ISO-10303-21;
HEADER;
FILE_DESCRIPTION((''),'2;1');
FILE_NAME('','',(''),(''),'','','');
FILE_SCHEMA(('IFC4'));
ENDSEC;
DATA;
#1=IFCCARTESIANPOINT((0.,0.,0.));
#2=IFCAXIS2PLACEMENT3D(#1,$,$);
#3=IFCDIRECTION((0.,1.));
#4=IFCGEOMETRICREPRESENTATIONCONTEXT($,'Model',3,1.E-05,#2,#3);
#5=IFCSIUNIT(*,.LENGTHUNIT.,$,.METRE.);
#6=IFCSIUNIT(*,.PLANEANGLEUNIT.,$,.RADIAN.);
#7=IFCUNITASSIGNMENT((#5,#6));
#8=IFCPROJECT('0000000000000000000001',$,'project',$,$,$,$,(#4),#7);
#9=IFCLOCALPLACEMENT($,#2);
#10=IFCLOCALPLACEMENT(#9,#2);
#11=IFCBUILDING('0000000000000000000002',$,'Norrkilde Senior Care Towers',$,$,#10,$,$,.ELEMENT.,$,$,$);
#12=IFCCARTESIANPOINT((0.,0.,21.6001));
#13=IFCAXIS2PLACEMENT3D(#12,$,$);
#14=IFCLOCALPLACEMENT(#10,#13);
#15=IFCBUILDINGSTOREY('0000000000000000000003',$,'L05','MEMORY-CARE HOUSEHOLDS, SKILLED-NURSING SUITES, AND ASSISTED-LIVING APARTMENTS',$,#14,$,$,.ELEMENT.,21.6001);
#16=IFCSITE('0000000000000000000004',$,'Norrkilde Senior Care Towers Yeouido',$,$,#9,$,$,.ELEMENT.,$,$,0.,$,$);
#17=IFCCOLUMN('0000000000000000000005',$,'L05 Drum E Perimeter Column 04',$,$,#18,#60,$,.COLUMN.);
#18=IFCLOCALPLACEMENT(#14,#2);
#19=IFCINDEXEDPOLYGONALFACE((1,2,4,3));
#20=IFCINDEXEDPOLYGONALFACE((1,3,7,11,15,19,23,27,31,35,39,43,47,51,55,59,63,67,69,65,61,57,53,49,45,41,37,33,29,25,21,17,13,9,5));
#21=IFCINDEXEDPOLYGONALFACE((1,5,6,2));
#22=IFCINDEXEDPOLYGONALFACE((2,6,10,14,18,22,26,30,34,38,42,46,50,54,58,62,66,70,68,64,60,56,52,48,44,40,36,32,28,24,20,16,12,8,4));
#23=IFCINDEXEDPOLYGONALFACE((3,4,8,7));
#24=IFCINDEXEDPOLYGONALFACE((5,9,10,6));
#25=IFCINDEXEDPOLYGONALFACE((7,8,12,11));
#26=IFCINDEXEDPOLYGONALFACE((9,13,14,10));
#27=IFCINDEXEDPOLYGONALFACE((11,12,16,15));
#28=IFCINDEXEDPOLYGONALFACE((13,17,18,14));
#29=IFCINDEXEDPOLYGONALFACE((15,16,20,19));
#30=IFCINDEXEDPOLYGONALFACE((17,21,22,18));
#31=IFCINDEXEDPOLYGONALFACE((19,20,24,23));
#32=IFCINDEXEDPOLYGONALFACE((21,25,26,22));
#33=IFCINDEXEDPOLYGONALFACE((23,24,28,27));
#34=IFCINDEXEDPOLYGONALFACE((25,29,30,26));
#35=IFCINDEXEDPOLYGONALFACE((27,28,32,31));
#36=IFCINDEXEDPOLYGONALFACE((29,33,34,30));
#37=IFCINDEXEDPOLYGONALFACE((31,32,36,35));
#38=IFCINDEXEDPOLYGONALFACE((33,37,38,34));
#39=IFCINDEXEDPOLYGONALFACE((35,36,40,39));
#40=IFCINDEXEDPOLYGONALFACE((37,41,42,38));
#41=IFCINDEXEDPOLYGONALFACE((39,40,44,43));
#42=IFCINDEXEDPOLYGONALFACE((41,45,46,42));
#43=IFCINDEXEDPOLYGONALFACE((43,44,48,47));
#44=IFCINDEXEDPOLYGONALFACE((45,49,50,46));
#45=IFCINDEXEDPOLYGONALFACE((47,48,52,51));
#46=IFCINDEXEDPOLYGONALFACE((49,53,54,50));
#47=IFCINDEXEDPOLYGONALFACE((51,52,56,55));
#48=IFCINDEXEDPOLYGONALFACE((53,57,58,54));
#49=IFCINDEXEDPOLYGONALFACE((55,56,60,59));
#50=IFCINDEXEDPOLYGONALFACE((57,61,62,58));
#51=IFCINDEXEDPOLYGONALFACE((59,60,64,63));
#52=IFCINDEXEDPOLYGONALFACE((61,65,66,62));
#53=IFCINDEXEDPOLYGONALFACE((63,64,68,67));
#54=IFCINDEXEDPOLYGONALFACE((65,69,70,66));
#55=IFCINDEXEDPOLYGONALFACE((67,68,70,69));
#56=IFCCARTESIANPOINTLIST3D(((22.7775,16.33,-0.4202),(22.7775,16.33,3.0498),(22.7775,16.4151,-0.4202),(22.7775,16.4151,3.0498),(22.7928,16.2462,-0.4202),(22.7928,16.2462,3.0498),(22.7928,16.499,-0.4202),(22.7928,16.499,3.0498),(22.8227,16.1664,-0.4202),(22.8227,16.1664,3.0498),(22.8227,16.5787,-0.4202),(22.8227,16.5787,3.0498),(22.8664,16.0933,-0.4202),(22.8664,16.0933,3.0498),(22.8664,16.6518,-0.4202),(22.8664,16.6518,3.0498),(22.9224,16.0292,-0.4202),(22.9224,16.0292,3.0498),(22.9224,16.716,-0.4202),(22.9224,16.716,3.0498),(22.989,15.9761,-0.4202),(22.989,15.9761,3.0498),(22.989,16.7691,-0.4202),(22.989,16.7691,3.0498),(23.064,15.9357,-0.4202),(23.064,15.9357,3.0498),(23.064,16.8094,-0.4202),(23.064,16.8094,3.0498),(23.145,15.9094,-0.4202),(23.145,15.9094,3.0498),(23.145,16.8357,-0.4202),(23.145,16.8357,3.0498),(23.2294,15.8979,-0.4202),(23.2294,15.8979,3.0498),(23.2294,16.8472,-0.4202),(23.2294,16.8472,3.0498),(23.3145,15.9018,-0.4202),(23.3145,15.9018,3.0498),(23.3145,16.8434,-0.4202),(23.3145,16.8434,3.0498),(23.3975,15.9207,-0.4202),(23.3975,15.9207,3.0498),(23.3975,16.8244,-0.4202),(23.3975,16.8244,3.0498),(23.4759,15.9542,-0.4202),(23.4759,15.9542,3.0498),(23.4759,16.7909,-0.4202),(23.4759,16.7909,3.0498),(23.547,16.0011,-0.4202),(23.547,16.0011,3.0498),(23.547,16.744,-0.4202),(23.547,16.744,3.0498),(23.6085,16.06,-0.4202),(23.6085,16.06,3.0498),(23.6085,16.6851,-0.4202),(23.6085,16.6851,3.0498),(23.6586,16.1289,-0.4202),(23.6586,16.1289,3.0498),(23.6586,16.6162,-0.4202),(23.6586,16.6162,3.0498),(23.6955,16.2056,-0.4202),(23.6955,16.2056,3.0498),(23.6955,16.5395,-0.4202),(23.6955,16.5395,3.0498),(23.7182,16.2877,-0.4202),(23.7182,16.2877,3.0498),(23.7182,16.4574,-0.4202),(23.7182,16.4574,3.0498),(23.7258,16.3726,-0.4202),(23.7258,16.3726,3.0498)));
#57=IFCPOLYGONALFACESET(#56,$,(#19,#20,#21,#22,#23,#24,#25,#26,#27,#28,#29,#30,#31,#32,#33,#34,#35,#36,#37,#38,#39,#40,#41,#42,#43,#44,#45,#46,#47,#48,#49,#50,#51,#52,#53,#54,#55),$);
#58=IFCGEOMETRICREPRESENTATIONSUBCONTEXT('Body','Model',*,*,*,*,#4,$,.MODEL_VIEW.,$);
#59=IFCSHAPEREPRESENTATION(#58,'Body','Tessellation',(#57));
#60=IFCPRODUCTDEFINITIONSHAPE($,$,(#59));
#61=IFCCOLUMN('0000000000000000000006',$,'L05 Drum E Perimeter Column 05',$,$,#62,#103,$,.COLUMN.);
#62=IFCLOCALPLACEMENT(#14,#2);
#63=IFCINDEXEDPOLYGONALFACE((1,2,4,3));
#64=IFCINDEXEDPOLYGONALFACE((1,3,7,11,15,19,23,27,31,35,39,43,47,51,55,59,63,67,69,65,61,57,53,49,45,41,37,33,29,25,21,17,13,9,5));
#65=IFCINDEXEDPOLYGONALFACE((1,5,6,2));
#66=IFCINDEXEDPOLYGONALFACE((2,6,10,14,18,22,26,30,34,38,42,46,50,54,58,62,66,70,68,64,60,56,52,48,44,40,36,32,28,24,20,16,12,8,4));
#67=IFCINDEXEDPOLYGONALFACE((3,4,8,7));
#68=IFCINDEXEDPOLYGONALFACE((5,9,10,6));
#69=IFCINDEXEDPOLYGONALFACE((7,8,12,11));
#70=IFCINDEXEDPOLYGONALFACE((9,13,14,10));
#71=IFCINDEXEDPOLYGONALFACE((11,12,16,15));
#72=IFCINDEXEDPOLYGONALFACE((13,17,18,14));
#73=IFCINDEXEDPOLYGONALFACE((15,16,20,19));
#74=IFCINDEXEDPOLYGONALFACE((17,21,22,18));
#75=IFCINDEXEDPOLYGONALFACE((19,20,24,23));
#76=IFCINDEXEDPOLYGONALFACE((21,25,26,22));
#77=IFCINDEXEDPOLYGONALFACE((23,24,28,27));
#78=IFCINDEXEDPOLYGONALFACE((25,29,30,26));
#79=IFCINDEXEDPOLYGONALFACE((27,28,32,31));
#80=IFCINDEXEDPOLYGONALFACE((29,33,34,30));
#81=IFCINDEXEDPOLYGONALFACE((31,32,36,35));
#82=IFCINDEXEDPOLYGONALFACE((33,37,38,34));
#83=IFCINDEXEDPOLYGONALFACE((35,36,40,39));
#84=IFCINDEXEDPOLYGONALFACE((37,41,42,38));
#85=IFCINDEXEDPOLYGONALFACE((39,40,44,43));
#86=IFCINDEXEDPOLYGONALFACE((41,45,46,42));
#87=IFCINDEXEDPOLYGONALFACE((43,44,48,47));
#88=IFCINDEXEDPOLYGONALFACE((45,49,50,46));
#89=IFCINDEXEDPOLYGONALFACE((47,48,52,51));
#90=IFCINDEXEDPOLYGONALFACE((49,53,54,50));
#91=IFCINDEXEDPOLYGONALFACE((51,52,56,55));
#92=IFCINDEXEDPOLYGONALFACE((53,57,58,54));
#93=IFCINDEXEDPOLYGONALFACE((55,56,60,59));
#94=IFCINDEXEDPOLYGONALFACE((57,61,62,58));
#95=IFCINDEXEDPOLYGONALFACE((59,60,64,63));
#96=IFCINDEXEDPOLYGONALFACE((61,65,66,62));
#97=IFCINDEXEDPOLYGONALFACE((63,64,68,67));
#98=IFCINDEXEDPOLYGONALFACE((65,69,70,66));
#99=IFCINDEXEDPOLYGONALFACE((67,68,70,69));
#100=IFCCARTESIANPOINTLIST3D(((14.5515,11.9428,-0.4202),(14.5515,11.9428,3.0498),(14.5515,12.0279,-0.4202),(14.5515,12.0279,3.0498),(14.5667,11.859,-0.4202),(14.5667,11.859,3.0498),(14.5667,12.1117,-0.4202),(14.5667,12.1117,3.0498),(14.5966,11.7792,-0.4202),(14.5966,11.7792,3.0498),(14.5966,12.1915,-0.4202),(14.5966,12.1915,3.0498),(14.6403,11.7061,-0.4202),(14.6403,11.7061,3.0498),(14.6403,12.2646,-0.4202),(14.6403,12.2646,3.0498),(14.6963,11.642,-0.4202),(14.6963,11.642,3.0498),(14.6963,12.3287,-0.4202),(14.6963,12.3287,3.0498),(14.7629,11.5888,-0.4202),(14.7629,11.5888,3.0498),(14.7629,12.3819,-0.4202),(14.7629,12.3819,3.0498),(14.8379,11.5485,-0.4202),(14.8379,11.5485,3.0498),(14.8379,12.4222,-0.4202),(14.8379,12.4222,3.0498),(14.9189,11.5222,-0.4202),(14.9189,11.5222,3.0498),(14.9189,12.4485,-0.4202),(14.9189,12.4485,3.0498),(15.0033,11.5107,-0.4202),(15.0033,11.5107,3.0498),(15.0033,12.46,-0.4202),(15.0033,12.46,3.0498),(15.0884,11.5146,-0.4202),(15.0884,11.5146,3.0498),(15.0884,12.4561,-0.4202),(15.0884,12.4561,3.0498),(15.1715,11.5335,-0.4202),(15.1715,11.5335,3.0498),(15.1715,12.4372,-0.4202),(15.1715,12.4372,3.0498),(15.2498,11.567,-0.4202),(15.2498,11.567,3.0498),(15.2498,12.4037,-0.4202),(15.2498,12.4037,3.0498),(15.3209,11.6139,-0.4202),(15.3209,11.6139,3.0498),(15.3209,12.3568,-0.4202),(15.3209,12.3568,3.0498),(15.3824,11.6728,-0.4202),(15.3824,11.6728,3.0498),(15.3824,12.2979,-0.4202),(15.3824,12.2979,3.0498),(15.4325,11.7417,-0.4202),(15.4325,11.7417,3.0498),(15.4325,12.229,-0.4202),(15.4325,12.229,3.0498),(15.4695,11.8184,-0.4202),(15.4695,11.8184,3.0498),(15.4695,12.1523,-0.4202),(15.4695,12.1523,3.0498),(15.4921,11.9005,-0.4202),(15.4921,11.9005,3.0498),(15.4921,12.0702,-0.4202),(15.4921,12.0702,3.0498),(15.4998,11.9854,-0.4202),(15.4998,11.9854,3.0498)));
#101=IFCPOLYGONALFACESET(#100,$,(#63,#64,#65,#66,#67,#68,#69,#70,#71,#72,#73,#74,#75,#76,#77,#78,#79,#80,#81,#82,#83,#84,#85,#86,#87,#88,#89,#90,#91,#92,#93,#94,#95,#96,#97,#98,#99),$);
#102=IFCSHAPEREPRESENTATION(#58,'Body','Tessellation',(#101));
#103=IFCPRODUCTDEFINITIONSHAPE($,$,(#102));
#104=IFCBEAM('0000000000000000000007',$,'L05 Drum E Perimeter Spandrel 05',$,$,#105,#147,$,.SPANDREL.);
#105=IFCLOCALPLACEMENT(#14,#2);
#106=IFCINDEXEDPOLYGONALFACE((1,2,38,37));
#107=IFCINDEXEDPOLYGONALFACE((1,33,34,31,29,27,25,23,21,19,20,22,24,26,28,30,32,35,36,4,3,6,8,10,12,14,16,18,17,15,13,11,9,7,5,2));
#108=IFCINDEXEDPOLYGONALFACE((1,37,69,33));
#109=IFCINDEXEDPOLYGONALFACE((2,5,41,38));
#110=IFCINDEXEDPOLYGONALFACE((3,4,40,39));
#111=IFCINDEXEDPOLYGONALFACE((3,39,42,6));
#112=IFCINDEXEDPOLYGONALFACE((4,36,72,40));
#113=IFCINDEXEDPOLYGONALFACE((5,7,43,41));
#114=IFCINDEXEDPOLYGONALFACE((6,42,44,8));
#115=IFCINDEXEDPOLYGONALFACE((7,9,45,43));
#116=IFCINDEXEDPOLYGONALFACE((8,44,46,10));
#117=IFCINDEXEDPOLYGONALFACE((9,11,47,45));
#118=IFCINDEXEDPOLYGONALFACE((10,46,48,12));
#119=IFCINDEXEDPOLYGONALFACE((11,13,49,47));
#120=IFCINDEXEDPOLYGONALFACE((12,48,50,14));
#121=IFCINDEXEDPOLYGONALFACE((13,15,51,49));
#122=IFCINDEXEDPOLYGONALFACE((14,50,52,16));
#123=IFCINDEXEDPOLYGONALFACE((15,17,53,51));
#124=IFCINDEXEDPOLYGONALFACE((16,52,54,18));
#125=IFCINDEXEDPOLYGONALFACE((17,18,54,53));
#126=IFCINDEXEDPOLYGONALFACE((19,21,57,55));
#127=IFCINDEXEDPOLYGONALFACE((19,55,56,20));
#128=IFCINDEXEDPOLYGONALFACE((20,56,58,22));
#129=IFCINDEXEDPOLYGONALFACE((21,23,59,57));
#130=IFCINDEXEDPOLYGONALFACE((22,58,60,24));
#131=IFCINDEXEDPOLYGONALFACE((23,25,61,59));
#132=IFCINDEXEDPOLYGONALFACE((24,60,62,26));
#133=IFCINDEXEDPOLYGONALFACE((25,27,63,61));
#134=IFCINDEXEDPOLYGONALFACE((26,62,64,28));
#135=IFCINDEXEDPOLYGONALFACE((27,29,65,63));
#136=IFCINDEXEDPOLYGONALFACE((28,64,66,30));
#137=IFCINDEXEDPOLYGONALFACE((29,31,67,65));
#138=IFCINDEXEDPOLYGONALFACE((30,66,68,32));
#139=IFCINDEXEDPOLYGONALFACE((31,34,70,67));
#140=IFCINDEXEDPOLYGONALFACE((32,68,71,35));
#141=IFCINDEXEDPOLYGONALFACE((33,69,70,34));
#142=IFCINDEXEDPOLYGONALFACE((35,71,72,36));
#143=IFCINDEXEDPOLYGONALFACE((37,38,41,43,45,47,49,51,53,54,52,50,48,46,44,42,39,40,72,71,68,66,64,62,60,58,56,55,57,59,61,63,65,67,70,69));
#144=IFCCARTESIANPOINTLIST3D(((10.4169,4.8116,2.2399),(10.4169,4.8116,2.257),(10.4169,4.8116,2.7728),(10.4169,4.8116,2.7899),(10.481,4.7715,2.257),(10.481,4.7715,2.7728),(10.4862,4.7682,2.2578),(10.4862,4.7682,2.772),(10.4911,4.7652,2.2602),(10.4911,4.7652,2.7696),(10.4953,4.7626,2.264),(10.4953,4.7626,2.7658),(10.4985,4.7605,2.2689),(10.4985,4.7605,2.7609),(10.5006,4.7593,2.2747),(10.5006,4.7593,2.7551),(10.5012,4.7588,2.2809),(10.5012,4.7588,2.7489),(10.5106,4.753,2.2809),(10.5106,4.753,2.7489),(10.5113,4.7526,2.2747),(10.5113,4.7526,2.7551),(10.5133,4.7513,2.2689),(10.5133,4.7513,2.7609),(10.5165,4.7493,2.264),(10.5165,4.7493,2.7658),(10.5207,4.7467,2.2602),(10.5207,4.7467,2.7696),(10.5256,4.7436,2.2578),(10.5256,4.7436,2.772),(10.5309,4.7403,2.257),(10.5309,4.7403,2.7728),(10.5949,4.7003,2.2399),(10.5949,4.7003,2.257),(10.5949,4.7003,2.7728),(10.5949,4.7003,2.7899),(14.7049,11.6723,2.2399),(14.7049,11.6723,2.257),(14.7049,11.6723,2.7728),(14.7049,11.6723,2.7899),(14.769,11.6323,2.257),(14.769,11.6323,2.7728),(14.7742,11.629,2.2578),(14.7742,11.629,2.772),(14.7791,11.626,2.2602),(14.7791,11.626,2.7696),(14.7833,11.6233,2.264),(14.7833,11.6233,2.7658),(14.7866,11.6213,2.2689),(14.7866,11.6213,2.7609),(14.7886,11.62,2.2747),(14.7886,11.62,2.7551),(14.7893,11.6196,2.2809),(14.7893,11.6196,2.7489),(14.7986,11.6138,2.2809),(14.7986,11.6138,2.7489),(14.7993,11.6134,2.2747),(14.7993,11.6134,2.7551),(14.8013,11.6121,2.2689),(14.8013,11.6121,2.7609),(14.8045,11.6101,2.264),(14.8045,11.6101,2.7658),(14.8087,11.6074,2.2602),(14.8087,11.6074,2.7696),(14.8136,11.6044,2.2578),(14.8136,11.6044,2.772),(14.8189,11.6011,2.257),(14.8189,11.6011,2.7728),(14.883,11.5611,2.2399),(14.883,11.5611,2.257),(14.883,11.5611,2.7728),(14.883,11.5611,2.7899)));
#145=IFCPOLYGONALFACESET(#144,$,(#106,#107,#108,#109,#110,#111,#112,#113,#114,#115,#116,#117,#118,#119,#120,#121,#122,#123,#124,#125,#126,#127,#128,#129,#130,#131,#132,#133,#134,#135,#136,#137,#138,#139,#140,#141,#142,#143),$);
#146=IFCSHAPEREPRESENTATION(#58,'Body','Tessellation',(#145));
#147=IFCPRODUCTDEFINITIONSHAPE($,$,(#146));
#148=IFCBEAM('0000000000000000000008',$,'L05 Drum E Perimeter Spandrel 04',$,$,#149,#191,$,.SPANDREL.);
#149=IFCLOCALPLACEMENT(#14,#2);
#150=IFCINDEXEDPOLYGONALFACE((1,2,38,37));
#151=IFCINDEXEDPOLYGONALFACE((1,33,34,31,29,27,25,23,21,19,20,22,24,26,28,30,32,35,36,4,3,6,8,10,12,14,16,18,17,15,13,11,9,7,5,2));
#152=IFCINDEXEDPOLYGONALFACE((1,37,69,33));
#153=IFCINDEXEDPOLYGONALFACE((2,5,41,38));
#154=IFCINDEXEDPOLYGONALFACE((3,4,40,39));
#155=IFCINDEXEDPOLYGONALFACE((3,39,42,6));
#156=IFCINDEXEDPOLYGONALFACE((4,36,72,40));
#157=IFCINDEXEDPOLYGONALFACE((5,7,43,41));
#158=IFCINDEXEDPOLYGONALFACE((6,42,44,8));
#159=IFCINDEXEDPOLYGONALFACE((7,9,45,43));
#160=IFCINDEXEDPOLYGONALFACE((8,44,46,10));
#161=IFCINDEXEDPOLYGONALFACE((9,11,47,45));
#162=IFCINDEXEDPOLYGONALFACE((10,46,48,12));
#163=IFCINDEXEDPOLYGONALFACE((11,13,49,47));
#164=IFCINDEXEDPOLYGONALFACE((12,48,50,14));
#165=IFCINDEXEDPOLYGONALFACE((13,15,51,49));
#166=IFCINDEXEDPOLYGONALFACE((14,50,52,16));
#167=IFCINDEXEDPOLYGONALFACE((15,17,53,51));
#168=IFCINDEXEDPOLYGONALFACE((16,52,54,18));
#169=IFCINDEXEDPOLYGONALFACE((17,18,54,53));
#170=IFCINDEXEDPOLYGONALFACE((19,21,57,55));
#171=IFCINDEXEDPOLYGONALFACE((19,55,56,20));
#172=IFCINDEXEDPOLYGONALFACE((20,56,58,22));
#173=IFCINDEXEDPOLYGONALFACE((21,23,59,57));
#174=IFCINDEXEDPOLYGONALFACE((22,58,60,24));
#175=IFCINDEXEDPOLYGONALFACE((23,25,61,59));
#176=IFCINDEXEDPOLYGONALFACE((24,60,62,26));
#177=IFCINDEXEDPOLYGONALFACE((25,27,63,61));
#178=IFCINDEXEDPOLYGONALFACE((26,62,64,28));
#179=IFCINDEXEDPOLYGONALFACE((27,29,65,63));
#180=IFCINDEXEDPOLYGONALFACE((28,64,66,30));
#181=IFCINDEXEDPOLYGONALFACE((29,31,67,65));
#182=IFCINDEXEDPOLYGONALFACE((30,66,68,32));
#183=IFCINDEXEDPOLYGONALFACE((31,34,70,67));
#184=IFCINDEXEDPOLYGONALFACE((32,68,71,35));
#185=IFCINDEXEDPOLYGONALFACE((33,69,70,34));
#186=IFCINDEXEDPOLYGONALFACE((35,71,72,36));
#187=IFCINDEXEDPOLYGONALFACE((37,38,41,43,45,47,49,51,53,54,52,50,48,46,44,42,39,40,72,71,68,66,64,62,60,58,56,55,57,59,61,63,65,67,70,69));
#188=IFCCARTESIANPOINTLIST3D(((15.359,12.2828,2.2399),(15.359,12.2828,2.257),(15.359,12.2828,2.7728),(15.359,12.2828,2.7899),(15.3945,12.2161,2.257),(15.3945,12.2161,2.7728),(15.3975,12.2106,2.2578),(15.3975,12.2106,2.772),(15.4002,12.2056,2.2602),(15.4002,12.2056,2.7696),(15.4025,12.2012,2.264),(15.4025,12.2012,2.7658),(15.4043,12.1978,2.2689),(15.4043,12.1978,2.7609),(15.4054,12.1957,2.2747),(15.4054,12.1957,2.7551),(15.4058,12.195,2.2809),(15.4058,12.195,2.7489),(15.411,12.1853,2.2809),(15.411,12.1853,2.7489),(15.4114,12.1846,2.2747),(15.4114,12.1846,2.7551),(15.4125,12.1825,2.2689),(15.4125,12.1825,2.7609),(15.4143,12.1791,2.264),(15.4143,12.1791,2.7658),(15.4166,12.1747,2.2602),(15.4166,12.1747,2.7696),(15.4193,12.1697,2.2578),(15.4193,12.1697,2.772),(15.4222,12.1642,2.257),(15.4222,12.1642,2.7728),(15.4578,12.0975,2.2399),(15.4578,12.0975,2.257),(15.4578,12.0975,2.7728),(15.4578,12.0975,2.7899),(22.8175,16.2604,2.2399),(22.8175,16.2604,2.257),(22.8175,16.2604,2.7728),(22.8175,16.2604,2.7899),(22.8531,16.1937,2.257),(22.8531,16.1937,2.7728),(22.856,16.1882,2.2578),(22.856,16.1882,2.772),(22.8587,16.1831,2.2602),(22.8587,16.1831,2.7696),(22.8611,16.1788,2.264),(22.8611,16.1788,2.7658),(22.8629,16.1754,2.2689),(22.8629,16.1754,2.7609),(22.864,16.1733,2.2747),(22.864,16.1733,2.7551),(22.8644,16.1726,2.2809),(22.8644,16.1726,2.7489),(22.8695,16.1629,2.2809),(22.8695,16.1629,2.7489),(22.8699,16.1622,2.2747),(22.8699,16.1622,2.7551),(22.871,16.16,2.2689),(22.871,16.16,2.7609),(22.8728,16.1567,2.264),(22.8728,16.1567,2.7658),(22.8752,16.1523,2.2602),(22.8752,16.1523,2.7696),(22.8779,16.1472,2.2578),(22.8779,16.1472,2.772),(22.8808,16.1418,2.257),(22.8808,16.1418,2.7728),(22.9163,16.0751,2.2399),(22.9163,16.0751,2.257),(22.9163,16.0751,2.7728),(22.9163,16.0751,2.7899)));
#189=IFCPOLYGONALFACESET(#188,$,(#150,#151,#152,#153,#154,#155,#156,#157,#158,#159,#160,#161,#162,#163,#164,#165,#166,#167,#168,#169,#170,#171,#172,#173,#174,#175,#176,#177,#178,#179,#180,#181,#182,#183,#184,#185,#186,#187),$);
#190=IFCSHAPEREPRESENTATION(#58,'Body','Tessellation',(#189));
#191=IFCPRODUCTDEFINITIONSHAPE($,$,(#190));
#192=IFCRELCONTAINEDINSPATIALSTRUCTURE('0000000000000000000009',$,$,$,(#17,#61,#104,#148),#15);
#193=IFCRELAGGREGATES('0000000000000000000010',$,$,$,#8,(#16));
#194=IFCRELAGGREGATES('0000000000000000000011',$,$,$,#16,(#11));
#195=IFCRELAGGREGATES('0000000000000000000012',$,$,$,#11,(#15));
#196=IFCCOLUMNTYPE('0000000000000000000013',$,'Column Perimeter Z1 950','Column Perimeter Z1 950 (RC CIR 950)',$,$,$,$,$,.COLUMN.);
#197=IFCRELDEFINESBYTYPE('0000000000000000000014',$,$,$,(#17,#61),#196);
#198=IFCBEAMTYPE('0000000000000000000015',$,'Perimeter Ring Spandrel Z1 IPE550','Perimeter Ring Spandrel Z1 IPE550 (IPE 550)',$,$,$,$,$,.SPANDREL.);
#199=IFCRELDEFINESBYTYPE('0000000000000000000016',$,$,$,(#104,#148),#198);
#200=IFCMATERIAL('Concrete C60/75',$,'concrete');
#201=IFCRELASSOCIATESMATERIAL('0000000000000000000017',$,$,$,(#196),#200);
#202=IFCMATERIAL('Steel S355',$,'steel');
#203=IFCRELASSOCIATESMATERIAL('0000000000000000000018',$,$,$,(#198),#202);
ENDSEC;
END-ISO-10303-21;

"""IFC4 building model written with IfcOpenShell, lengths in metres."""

from ifc_helpers import new_model, si_unit, direction, frame, origin, origin_2d, place, context, subcontext, project, spatial, circle, i_section, extrude, source, transform, mapped, material, material_profile, profile_set, type_object, type_shapes, element, save


model = new_model("IFC4")

# Units and contexts
model_context = context("Model", 3, precision=1e-05, world=origin(), true_north=direction((0.0, 1.0)))
body_context = subcontext(model_context, "Body", "Model", "MODEL_VIEW")
ifc_project = project(units=[si_unit("LENGTHUNIT", "METRE"), si_unit("PLANEANGLEUNIT", "RADIAN")], contexts=[model_context])

# Site, building, storey
site_placement = place(None, origin())
site = spatial("IfcSite", under=ifc_project, at=site_placement, Name="Norrkilde Senior Care Towers Yeouido", CompositionType="ELEMENT", RefElevation=0.0)
building_placement = place(site_placement, origin())
building = spatial("IfcBuilding", under=site, at=building_placement, Name="Norrkilde Senior Care Towers", CompositionType="ELEMENT")
storey_placement = place(building_placement, frame((0.0, 0.0, 21.6001)))
storey = spatial("IfcBuildingStorey", under=building, at=storey_placement, Name="L05", Description="MEMORY-CARE HOUSEHOLDS, SKILLED-NURSING SUITES, AND ASSISTED-LIVING APARTMENTS", CompositionType="ELEMENT", Elevation=21.6001)

# Columns
ifc_material_1 = material(Name="Concrete C60/75", Category="concrete")
ifc_material_profile_1 = material_profile(ifc_material_1, circle(Radius=0.4751, at=origin_2d()), Name="RC CIR 950")
ifc_profile_set_1 = profile_set([ifc_material_profile_1], Name="Concrete C60/75")
column_type = type_object("IfcColumnType", Name="Column Perimeter Z1 950", Description="Column Perimeter Z1 950 (RC CIR 950)", PredefinedType="COLUMN", material=ifc_profile_set_1)
shared_shape_1 = source(origin(), body_context, "Body", "SweptSolid", [
    extrude(circle(Radius=0.4751, at=origin_2d()), origin(), (0.0, 0.0, 1.0), 3.47),
])
type_shapes(column_type, [shared_shape_1])
for number, where, z_axis, x_axis, name in (
    (1, (23.2507, 16.3726, -0.4202), (0.0, 0.0, 1.0), (1.0, 0.0, 0.0), "L05 Drum E Perimeter Column 04"),
    (2, (15.0247, 11.9854, -0.4202), (0.0, 0.0, 1.0), (1.0, 0.0, 0.0), "L05 Drum E Perimeter Column 05"),
):
    element("IfcColumn", number, at=place(storey_placement, frame(where, z_axis=z_axis, x_axis=x_axis)), inside=storey, type_object=column_type, Name=name, PredefinedType="COLUMN", context=body_context, shape_type="MappedRepresentation", body=[
        mapped(shared_shape_1, transform((0.0, 0.0, 0.0), x_axis=(1.0, 0.0, 0.0), y_axis=(0.0, 1.0, 0.0), z_axis=(0.0, 0.0, 1.0), scale=1.0)),
    ])

# Beams
ifc_material_2 = material(Name="Steel S355", Category="steel")
ifc_material_profile_2 = material_profile(ifc_material_2, i_section(OverallWidth=0.21, OverallDepth=0.55, WebThickness=0.011, FlangeThickness=0.0171, FilletRadius=0.0239, at=origin_2d()), Name="IPE 550")
ifc_profile_set_2 = profile_set([ifc_material_profile_2], Name="Steel S355")
beam_type = type_object("IfcBeamType", Name="Perimeter Ring Spandrel Z1 IPE550", Description="Perimeter Ring Spandrel Z1 IPE550 (IPE 550)", PredefinedType="SPANDREL", material=ifc_profile_set_2)
shared_shape_2 = source(origin(), body_context, "Body", "SweptSolid", [
    extrude(i_section(OverallWidth=0.21, OverallDepth=0.55, WebThickness=0.011, FlangeThickness=0.0171, FilletRadius=0.0239, at=origin_2d()), origin(), (0.0, 0.0, 1.0), 8.0906),
])
beam_1_placement = place(storey_placement, frame((14.7939, 11.6167, 2.5149), z_axis=(-0.530004, -0.847995, 0.0), x_axis=(0.847995, -0.530004, 0.0)))
element("IfcBeam", 3, at=beam_1_placement, inside=storey, type_object=beam_type, Name="L05 Drum E Perimeter Spandrel 05", PredefinedType="SPANDREL", context=body_context, shape_type="MappedRepresentation", body=[
    mapped(shared_shape_2, transform((0.0, 0.0, 0.0), x_axis=(1.0, 0.0, 0.0), y_axis=(0.0, 1.0, 0.0), z_axis=(0.0, 0.0, 1.0), scale=1.0)),
])
shared_shape_3 = source(origin(), body_context, "Body", "SweptSolid", [
    extrude(i_section(OverallWidth=0.21, OverallDepth=0.55, WebThickness=0.011, FlangeThickness=0.0171, FilletRadius=0.0239, at=origin_2d()), origin(), (0.0, 0.0, 1.0), 8.4529),
])
type_shapes(beam_type, [shared_shape_2, shared_shape_3])
beam_2_placement = place(storey_placement, frame((22.8669, 16.1677, 2.5149), z_axis=(-0.882369, -0.470558, 0.0), x_axis=(0.470558, -0.882369, 0.0)))
element("IfcBeam", 4, at=beam_2_placement, inside=storey, type_object=beam_type, Name="L05 Drum E Perimeter Spandrel 04", PredefinedType="SPANDREL", context=body_context, shape_type="MappedRepresentation", body=[
    mapped(shared_shape_3, transform((0.0, 0.0, 0.0), x_axis=(1.0, 0.0, 0.0), y_axis=(0.0, 1.0, 0.0), z_axis=(0.0, 0.0, 1.0), scale=1.0)),
])

save(model, "model.ifc")
